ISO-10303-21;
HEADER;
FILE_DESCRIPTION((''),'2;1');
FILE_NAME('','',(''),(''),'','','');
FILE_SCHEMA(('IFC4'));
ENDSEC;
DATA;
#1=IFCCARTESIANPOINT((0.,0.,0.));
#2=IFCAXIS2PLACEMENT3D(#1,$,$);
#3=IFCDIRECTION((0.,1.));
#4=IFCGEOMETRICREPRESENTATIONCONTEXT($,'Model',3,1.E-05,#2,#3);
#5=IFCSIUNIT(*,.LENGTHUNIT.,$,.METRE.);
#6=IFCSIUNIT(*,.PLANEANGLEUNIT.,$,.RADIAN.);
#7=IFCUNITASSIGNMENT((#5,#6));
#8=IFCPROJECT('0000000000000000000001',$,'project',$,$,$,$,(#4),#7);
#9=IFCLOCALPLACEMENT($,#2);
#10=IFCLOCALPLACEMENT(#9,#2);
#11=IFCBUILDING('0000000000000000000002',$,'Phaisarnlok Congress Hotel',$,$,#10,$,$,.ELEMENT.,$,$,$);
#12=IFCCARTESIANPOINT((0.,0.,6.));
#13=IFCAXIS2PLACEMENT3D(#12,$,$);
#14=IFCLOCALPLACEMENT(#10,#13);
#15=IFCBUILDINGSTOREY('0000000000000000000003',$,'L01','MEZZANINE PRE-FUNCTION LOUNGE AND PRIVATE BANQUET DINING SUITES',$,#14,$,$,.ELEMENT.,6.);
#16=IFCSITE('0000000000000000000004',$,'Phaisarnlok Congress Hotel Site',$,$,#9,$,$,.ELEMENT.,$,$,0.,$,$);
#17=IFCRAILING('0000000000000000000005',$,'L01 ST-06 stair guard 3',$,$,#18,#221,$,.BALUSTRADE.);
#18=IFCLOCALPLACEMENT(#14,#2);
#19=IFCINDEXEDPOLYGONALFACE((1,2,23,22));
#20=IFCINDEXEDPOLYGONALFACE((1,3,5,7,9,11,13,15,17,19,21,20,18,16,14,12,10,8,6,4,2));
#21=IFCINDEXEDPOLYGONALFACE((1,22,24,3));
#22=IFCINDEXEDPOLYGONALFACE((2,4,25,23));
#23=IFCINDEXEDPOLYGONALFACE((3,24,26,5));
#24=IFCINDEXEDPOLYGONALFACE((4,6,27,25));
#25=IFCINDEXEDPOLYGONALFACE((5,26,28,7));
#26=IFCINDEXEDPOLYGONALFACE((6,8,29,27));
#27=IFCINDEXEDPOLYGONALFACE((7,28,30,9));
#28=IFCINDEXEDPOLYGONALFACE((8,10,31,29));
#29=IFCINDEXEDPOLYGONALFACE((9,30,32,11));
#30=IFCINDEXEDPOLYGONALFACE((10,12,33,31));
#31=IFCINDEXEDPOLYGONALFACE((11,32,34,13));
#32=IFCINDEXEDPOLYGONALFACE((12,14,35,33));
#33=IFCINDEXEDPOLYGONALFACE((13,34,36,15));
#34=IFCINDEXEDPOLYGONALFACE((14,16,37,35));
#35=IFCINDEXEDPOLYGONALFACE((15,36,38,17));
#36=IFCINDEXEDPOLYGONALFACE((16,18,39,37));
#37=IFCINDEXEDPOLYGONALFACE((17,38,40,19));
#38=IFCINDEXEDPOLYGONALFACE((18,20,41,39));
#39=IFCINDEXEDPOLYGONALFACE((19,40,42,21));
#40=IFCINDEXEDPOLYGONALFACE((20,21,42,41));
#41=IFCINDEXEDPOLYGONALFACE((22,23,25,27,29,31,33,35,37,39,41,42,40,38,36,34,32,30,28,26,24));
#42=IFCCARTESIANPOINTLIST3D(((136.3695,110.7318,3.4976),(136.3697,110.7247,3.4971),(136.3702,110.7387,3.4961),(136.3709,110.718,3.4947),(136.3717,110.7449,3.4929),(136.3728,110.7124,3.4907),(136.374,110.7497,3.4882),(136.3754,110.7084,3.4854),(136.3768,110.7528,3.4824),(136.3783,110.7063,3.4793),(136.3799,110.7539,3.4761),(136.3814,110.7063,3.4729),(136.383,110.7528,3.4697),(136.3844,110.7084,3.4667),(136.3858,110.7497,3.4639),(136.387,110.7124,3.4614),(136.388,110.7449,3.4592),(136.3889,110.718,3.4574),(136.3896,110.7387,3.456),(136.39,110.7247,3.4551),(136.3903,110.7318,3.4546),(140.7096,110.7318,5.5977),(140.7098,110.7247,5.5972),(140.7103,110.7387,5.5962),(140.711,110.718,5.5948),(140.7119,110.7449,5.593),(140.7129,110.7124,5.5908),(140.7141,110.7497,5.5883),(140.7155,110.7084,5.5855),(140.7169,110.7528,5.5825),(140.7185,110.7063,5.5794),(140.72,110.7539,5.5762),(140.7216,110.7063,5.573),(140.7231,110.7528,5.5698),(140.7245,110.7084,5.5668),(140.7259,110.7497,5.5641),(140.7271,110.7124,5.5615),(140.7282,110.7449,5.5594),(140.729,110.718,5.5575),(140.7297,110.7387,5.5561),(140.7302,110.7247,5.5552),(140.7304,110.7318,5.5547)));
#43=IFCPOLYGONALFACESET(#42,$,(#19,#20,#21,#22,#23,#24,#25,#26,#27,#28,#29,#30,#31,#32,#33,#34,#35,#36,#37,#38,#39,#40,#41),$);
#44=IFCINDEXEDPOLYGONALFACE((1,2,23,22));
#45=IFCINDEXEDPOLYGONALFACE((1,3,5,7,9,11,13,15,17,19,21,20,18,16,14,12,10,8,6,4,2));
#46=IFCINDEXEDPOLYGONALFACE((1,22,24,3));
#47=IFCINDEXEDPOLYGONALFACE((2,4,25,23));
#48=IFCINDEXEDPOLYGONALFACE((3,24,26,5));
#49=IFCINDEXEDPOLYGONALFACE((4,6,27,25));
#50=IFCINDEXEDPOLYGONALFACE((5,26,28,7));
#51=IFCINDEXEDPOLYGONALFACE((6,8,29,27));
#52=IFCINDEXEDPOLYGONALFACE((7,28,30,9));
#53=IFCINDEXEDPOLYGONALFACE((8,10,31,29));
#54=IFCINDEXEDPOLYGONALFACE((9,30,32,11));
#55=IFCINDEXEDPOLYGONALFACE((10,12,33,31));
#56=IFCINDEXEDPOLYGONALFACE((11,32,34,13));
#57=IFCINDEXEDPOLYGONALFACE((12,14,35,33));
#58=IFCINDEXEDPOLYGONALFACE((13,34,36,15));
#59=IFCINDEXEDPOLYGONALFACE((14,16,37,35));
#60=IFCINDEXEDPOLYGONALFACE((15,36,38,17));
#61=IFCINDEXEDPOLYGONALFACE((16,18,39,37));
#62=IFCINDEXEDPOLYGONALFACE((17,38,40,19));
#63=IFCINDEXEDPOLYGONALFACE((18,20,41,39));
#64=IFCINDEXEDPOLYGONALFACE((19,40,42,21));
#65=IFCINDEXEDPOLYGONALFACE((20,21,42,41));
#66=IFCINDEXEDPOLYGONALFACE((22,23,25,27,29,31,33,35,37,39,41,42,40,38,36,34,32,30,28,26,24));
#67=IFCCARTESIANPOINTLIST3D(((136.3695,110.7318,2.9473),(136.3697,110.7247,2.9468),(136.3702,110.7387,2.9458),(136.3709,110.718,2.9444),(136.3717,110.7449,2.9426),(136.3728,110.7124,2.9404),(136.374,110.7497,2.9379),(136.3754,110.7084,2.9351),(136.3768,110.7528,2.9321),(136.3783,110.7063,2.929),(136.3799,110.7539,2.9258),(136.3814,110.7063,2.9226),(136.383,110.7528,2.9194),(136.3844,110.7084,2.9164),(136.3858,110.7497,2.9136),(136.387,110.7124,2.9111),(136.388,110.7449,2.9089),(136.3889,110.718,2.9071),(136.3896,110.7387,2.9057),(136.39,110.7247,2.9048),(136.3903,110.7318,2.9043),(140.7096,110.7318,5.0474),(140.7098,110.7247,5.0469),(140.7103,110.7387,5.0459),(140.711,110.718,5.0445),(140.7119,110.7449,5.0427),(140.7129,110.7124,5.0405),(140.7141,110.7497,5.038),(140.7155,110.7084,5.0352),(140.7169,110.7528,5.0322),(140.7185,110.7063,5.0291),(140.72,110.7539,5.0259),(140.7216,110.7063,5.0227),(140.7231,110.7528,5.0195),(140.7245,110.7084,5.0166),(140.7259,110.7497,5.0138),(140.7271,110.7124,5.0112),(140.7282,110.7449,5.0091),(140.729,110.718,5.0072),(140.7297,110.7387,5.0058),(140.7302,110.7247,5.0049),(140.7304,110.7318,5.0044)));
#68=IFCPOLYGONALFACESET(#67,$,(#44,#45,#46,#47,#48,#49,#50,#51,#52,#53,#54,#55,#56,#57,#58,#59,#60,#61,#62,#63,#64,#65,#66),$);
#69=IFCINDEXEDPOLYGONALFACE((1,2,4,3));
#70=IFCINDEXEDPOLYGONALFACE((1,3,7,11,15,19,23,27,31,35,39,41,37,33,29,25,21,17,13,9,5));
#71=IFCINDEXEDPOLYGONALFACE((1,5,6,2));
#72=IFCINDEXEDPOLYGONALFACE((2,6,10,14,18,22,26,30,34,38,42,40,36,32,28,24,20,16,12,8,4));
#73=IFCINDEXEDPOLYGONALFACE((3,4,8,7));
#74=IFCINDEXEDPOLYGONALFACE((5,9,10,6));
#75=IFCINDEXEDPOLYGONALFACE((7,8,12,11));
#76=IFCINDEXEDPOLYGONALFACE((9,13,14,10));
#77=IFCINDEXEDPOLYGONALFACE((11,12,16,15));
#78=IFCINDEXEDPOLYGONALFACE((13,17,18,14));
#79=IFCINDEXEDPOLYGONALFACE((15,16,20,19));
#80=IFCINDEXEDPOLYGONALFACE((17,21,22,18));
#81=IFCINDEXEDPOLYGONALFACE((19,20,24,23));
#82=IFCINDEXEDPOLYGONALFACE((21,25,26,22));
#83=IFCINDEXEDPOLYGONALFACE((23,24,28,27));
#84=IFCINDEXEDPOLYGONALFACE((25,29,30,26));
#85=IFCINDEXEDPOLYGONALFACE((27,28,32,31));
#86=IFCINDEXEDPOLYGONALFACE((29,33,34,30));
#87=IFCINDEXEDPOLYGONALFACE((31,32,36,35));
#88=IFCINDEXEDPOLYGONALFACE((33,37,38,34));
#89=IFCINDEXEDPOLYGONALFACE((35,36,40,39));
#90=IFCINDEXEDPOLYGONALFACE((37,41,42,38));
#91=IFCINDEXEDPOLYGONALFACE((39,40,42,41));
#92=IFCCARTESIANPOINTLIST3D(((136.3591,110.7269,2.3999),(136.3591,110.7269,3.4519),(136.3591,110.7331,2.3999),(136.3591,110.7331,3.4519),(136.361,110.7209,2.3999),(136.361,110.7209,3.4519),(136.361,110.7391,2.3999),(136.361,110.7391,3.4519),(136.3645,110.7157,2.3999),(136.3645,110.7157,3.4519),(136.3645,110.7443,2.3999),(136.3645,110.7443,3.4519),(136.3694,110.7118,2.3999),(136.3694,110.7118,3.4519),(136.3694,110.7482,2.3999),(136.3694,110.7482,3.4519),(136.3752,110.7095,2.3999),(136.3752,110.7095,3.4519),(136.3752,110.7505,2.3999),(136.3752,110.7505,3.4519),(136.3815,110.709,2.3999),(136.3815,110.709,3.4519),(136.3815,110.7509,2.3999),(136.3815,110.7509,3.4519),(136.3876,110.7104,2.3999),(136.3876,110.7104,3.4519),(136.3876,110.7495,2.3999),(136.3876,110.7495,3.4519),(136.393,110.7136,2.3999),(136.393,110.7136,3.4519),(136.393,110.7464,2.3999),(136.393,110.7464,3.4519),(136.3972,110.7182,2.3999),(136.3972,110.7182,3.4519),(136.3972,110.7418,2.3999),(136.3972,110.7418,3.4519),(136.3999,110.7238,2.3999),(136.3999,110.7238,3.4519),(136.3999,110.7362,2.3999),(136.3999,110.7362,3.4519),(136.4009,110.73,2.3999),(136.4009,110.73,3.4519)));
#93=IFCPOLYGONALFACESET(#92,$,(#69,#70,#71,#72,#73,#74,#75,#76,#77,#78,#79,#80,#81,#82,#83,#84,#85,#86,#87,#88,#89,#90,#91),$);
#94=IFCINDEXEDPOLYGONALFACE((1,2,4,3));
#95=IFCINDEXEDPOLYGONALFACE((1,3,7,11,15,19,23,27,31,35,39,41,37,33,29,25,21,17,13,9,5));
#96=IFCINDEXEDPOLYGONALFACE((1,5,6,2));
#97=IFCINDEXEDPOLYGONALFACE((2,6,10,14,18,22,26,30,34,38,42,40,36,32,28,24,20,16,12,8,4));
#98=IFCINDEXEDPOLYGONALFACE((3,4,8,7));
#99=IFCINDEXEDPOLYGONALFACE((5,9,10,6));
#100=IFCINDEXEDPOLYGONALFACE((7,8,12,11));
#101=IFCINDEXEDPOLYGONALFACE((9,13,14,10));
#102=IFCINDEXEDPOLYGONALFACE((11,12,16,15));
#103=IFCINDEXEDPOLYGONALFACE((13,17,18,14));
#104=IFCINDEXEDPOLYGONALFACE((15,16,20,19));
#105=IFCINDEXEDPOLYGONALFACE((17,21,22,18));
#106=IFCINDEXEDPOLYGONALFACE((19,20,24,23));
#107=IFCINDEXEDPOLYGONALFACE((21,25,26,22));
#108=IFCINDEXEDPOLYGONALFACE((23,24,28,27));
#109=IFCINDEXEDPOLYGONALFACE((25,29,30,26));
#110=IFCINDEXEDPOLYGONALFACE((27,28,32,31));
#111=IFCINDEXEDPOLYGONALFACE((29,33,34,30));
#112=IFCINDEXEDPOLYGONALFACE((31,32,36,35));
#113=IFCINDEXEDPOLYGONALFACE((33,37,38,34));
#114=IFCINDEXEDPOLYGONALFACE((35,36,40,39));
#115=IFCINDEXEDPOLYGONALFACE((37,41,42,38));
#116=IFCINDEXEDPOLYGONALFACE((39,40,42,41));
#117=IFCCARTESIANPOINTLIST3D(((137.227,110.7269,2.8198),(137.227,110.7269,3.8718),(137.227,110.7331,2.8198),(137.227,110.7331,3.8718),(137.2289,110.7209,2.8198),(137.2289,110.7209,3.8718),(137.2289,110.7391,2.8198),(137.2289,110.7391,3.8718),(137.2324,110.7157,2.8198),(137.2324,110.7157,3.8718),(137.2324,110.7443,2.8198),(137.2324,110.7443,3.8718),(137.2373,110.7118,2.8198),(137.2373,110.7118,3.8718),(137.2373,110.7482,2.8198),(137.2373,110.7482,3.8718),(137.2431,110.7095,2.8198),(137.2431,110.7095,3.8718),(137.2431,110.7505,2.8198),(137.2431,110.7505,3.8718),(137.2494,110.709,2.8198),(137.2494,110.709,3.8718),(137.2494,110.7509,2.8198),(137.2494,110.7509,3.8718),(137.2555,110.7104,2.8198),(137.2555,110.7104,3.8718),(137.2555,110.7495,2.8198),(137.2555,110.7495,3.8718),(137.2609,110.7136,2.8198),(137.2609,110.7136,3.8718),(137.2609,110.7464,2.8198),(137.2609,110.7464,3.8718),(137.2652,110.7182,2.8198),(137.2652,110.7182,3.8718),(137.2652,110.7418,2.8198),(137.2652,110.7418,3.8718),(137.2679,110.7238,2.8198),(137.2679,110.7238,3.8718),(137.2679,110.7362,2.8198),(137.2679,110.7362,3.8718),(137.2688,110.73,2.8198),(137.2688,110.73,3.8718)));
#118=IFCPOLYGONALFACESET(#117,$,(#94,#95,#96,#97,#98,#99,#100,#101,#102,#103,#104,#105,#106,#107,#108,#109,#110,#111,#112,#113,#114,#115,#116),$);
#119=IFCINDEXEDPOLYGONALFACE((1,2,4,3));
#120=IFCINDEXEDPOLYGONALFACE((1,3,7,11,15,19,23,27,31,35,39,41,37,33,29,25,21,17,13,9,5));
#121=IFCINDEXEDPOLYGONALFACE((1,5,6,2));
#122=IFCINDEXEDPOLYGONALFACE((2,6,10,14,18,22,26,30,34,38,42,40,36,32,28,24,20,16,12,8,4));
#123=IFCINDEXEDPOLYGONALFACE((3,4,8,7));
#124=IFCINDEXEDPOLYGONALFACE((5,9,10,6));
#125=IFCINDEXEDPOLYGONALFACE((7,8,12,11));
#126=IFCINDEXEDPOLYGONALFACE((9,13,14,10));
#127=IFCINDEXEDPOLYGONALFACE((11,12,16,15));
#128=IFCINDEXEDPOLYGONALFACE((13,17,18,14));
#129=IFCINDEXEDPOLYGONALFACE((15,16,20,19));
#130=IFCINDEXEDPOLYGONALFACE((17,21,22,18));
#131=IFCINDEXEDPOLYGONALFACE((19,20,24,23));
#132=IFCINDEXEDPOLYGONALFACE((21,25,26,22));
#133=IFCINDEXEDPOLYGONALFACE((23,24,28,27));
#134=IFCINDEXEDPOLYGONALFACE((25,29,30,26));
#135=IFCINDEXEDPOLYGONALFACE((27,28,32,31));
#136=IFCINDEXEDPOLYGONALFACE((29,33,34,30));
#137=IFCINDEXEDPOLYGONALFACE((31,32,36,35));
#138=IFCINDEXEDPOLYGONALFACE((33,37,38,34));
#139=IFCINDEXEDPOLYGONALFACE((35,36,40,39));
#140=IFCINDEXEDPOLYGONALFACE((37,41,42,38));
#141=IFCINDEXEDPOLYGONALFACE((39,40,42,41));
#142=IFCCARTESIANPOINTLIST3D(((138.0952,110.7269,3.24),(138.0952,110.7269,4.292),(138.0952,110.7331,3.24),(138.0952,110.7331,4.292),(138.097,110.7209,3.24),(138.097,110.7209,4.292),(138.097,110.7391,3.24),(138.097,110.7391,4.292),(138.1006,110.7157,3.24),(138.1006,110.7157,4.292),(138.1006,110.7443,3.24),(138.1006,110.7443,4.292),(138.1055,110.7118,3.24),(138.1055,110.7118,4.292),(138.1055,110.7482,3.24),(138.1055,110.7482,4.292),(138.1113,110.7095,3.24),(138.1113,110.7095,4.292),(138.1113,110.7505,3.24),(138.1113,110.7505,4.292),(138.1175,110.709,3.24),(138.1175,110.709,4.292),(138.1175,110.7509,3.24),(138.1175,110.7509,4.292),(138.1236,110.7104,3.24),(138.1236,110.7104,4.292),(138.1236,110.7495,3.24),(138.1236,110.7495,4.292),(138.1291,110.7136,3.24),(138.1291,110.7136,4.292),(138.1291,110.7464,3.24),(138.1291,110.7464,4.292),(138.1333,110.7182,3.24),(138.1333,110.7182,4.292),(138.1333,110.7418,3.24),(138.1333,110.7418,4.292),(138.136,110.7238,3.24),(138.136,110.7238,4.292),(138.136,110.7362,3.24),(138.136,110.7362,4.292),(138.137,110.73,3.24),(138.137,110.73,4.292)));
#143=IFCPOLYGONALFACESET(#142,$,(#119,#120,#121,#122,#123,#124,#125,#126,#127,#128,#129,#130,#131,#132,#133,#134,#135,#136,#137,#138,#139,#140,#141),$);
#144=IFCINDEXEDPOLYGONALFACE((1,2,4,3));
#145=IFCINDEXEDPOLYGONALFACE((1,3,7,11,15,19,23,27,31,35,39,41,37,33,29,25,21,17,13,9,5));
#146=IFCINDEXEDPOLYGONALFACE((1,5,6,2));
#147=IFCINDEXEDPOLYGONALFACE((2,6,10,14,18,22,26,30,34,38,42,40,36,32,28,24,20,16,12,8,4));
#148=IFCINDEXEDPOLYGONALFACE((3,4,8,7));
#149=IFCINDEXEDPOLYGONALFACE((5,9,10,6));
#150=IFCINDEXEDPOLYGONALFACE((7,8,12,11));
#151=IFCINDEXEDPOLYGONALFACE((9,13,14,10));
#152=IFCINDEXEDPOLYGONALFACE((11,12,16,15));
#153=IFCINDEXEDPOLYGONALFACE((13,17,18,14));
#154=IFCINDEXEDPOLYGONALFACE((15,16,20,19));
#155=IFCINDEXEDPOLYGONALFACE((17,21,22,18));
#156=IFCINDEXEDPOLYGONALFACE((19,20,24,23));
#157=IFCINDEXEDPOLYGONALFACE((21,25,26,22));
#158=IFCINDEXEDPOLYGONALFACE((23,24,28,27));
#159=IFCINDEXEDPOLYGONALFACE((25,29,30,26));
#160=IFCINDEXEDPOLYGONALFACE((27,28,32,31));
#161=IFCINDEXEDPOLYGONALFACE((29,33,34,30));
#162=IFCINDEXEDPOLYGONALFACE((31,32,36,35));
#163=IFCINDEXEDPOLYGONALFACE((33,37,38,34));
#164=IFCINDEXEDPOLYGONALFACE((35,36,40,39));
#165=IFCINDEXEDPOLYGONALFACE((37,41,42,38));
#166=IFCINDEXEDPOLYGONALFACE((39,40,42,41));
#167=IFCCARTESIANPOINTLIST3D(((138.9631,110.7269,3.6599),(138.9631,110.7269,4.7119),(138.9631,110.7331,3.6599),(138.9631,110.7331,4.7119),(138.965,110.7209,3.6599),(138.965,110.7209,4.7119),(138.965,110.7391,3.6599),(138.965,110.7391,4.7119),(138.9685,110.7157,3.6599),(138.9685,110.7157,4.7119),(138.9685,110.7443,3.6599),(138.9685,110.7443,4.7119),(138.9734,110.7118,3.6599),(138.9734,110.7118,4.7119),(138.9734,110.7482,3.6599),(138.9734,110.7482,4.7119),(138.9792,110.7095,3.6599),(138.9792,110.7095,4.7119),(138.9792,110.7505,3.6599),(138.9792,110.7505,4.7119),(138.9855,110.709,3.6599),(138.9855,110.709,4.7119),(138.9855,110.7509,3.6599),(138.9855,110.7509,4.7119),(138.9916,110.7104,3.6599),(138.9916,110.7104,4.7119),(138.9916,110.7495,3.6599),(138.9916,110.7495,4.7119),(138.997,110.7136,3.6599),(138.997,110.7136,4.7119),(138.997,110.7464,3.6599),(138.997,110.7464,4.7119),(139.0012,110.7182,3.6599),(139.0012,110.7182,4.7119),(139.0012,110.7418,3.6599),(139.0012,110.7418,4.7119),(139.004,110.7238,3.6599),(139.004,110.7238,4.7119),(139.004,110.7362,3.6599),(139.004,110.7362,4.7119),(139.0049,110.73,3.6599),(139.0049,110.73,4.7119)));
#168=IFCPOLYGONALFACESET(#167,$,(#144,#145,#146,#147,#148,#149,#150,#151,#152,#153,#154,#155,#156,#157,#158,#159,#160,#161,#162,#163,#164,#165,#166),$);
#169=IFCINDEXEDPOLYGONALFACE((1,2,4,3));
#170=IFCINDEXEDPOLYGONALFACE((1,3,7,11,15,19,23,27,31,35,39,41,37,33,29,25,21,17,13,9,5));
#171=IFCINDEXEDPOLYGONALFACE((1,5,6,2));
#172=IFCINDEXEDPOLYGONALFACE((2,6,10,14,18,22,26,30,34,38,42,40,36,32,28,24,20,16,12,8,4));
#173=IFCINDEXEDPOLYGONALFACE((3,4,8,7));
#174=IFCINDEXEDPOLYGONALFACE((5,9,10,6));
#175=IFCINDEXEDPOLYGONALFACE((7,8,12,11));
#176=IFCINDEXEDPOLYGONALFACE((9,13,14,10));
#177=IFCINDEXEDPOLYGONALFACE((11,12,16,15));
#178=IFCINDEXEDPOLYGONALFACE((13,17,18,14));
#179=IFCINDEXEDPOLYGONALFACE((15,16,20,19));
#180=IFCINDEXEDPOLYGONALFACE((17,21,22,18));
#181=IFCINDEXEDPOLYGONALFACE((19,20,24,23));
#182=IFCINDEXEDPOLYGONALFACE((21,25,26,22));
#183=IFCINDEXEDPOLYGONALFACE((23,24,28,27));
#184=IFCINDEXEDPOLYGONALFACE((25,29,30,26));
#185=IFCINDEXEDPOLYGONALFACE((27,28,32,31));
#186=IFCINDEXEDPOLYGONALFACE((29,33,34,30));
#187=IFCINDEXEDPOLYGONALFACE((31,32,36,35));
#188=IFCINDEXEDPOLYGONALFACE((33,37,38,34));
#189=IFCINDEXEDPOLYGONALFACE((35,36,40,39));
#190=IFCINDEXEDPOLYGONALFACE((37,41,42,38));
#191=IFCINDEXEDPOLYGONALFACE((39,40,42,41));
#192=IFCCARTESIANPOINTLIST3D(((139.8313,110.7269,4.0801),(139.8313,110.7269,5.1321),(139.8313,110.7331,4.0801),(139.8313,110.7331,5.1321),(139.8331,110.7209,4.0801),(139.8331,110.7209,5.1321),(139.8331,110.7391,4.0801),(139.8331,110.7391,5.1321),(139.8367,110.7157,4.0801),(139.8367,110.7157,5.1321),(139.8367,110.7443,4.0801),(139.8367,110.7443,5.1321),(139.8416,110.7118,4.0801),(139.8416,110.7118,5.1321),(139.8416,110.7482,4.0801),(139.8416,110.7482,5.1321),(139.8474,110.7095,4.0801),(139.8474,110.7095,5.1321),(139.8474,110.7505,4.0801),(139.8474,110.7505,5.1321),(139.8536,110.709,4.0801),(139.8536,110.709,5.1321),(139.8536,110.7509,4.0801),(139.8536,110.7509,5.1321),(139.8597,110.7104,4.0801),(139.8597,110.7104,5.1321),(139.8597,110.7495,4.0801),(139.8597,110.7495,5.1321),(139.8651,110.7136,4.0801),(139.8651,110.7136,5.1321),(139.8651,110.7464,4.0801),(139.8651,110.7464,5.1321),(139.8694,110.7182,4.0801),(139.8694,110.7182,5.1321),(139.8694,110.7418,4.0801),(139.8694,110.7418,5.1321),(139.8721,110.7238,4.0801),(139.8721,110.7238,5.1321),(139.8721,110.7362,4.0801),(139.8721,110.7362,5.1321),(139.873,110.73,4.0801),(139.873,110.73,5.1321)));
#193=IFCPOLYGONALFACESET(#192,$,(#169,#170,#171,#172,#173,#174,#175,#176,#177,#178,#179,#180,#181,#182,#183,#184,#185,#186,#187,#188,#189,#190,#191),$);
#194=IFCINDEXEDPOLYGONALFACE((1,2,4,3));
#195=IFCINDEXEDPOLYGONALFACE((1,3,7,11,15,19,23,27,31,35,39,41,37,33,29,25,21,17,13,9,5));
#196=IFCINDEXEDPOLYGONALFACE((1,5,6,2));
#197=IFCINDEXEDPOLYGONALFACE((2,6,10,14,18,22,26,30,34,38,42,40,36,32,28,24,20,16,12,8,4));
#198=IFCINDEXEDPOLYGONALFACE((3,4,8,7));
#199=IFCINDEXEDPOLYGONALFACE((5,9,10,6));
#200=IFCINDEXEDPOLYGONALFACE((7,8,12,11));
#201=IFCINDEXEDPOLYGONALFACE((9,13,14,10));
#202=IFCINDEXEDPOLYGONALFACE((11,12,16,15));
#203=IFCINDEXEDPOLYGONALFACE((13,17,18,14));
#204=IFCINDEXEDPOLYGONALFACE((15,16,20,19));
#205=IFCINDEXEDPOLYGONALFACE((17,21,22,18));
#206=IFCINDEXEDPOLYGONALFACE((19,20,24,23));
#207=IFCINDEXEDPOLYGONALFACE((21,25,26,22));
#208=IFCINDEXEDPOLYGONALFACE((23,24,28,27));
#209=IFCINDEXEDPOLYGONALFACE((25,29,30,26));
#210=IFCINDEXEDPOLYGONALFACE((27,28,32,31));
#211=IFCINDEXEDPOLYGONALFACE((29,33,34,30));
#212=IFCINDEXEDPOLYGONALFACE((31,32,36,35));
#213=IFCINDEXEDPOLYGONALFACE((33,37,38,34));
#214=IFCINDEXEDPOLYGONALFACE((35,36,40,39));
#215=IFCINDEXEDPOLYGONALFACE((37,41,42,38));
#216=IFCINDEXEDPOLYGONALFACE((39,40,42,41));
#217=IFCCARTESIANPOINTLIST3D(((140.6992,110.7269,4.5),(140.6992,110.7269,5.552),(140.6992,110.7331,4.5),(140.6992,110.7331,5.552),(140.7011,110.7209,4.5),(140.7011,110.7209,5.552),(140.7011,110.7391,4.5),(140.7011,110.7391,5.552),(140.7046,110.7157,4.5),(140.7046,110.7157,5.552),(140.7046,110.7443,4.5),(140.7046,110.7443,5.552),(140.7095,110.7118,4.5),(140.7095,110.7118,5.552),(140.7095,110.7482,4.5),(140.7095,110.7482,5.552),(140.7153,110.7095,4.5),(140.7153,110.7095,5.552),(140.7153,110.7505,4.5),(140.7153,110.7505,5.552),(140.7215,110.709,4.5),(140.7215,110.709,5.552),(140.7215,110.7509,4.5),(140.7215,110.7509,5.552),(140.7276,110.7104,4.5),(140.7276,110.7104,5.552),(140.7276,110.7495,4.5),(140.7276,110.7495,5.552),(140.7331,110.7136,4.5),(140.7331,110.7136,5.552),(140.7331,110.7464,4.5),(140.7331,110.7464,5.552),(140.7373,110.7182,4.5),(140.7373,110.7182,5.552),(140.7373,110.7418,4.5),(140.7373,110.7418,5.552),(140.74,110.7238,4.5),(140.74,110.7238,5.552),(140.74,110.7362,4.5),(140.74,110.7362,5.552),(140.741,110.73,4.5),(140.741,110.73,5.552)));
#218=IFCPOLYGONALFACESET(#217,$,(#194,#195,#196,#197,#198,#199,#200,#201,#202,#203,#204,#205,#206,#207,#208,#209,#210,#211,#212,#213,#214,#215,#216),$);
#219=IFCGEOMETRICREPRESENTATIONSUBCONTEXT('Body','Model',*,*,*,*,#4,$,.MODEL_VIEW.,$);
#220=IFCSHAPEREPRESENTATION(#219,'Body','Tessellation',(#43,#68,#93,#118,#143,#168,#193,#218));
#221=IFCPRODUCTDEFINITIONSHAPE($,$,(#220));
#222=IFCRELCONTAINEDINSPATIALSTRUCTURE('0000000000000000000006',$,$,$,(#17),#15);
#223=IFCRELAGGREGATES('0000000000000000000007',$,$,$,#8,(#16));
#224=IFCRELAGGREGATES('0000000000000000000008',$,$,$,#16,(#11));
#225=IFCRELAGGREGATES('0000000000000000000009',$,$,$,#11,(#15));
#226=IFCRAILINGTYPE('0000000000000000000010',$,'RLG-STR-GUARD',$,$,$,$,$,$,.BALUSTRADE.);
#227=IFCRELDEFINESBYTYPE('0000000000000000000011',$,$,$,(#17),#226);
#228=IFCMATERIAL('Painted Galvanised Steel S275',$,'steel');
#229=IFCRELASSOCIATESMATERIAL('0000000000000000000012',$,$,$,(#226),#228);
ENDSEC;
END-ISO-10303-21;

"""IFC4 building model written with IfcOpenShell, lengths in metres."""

from ifc_helpers import new_model, si_unit, direction, frame, origin, origin_2d, place, context, subcontext, project, spatial, circle, extrude, material, type_object, element, save


model = new_model("IFC4")

# Units and contexts
model_context = context("Model", 3, precision=1e-05, world=origin(), true_north=direction((0.0, 1.0)))
body_context = subcontext(model_context, "Body", "Model", "MODEL_VIEW")
ifc_project = project(units=[si_unit("LENGTHUNIT", "METRE"), si_unit("PLANEANGLEUNIT", "RADIAN")], contexts=[model_context])

# Site, building, storey
site_placement = place(None, origin())
site = spatial("IfcSite", under=ifc_project, at=site_placement, Name="Phaisarnlok Congress Hotel Site", CompositionType="ELEMENT", RefElevation=0.0)
building_placement = place(site_placement, origin())
building = spatial("IfcBuilding", under=site, at=building_placement, Name="Phaisarnlok Congress Hotel", CompositionType="ELEMENT")
storey_placement = place(building_placement, frame((0.0, 0.0, 6.0)))
storey = spatial("IfcBuildingStorey", under=building, at=storey_placement, Name="L01", Description="MEZZANINE PRE-FUNCTION LOUNGE AND PRIVATE BANQUET DINING SUITES", CompositionType="ELEMENT", Elevation=6.0)

# Railing
ifc_material_1 = material(Name="Painted Galvanised Steel S275", Category="steel")
railing_type_1 = type_object("IfcRailingType", Name="RLG-STR-GUARD", PredefinedType="BALUSTRADE", material=ifc_material_1)
railing_1_placement = place(storey_placement, frame((136.3799, 110.73, 2.3999)))
element("IfcRailing", 1, at=railing_1_placement, inside=storey, type_object=railing_type_1, Name="L01 ST-06 stair guard 3", PredefinedType="BALUSTRADE", context=body_context, shape_type="SweptSolid", body=[
    extrude(circle(Radius=0.0239, at=origin_2d()), frame((0.0, 0.0, 1.0762), z_axis=(0.900155, 0.0, 0.43557), x_axis=(0.0, 1.0, 0.0)), (0.0, 0.0, 1.0), 4.8215),
    extrude(circle(Radius=0.0239, at=origin_2d()), frame((0.0, 0.0, 0.5259), z_axis=(0.900155, 0.0, 0.43557), x_axis=(0.0, 1.0, 0.0)), (0.0, 0.0, 1.0), 4.8215),
    extrude(circle(Radius=0.021, at=origin_2d()), origin(), (0.0, 0.0, 1.0), 1.052),
    extrude(circle(Radius=0.021, at=origin_2d()), frame((0.8679, 0.0, 0.4199)), (0.0, 0.0, 1.0), 1.052),
    extrude(circle(Radius=0.021, at=origin_2d()), frame((1.7361, 0.0, 0.8401)), (0.0, 0.0, 1.0), 1.052),
    extrude(circle(Radius=0.021, at=origin_2d()), frame((2.604, 0.0, 1.26)), (0.0, 0.0, 1.0), 1.052),
    extrude(circle(Radius=0.021, at=origin_2d()), frame((3.4722, 0.0, 1.6802)), (0.0, 0.0, 1.0), 1.052),
    extrude(circle(Radius=0.021, at=origin_2d()), frame((4.3401, 0.0, 2.1001)), (0.0, 0.0, 1.0), 1.052),
])

save(model, "model.ifc")
